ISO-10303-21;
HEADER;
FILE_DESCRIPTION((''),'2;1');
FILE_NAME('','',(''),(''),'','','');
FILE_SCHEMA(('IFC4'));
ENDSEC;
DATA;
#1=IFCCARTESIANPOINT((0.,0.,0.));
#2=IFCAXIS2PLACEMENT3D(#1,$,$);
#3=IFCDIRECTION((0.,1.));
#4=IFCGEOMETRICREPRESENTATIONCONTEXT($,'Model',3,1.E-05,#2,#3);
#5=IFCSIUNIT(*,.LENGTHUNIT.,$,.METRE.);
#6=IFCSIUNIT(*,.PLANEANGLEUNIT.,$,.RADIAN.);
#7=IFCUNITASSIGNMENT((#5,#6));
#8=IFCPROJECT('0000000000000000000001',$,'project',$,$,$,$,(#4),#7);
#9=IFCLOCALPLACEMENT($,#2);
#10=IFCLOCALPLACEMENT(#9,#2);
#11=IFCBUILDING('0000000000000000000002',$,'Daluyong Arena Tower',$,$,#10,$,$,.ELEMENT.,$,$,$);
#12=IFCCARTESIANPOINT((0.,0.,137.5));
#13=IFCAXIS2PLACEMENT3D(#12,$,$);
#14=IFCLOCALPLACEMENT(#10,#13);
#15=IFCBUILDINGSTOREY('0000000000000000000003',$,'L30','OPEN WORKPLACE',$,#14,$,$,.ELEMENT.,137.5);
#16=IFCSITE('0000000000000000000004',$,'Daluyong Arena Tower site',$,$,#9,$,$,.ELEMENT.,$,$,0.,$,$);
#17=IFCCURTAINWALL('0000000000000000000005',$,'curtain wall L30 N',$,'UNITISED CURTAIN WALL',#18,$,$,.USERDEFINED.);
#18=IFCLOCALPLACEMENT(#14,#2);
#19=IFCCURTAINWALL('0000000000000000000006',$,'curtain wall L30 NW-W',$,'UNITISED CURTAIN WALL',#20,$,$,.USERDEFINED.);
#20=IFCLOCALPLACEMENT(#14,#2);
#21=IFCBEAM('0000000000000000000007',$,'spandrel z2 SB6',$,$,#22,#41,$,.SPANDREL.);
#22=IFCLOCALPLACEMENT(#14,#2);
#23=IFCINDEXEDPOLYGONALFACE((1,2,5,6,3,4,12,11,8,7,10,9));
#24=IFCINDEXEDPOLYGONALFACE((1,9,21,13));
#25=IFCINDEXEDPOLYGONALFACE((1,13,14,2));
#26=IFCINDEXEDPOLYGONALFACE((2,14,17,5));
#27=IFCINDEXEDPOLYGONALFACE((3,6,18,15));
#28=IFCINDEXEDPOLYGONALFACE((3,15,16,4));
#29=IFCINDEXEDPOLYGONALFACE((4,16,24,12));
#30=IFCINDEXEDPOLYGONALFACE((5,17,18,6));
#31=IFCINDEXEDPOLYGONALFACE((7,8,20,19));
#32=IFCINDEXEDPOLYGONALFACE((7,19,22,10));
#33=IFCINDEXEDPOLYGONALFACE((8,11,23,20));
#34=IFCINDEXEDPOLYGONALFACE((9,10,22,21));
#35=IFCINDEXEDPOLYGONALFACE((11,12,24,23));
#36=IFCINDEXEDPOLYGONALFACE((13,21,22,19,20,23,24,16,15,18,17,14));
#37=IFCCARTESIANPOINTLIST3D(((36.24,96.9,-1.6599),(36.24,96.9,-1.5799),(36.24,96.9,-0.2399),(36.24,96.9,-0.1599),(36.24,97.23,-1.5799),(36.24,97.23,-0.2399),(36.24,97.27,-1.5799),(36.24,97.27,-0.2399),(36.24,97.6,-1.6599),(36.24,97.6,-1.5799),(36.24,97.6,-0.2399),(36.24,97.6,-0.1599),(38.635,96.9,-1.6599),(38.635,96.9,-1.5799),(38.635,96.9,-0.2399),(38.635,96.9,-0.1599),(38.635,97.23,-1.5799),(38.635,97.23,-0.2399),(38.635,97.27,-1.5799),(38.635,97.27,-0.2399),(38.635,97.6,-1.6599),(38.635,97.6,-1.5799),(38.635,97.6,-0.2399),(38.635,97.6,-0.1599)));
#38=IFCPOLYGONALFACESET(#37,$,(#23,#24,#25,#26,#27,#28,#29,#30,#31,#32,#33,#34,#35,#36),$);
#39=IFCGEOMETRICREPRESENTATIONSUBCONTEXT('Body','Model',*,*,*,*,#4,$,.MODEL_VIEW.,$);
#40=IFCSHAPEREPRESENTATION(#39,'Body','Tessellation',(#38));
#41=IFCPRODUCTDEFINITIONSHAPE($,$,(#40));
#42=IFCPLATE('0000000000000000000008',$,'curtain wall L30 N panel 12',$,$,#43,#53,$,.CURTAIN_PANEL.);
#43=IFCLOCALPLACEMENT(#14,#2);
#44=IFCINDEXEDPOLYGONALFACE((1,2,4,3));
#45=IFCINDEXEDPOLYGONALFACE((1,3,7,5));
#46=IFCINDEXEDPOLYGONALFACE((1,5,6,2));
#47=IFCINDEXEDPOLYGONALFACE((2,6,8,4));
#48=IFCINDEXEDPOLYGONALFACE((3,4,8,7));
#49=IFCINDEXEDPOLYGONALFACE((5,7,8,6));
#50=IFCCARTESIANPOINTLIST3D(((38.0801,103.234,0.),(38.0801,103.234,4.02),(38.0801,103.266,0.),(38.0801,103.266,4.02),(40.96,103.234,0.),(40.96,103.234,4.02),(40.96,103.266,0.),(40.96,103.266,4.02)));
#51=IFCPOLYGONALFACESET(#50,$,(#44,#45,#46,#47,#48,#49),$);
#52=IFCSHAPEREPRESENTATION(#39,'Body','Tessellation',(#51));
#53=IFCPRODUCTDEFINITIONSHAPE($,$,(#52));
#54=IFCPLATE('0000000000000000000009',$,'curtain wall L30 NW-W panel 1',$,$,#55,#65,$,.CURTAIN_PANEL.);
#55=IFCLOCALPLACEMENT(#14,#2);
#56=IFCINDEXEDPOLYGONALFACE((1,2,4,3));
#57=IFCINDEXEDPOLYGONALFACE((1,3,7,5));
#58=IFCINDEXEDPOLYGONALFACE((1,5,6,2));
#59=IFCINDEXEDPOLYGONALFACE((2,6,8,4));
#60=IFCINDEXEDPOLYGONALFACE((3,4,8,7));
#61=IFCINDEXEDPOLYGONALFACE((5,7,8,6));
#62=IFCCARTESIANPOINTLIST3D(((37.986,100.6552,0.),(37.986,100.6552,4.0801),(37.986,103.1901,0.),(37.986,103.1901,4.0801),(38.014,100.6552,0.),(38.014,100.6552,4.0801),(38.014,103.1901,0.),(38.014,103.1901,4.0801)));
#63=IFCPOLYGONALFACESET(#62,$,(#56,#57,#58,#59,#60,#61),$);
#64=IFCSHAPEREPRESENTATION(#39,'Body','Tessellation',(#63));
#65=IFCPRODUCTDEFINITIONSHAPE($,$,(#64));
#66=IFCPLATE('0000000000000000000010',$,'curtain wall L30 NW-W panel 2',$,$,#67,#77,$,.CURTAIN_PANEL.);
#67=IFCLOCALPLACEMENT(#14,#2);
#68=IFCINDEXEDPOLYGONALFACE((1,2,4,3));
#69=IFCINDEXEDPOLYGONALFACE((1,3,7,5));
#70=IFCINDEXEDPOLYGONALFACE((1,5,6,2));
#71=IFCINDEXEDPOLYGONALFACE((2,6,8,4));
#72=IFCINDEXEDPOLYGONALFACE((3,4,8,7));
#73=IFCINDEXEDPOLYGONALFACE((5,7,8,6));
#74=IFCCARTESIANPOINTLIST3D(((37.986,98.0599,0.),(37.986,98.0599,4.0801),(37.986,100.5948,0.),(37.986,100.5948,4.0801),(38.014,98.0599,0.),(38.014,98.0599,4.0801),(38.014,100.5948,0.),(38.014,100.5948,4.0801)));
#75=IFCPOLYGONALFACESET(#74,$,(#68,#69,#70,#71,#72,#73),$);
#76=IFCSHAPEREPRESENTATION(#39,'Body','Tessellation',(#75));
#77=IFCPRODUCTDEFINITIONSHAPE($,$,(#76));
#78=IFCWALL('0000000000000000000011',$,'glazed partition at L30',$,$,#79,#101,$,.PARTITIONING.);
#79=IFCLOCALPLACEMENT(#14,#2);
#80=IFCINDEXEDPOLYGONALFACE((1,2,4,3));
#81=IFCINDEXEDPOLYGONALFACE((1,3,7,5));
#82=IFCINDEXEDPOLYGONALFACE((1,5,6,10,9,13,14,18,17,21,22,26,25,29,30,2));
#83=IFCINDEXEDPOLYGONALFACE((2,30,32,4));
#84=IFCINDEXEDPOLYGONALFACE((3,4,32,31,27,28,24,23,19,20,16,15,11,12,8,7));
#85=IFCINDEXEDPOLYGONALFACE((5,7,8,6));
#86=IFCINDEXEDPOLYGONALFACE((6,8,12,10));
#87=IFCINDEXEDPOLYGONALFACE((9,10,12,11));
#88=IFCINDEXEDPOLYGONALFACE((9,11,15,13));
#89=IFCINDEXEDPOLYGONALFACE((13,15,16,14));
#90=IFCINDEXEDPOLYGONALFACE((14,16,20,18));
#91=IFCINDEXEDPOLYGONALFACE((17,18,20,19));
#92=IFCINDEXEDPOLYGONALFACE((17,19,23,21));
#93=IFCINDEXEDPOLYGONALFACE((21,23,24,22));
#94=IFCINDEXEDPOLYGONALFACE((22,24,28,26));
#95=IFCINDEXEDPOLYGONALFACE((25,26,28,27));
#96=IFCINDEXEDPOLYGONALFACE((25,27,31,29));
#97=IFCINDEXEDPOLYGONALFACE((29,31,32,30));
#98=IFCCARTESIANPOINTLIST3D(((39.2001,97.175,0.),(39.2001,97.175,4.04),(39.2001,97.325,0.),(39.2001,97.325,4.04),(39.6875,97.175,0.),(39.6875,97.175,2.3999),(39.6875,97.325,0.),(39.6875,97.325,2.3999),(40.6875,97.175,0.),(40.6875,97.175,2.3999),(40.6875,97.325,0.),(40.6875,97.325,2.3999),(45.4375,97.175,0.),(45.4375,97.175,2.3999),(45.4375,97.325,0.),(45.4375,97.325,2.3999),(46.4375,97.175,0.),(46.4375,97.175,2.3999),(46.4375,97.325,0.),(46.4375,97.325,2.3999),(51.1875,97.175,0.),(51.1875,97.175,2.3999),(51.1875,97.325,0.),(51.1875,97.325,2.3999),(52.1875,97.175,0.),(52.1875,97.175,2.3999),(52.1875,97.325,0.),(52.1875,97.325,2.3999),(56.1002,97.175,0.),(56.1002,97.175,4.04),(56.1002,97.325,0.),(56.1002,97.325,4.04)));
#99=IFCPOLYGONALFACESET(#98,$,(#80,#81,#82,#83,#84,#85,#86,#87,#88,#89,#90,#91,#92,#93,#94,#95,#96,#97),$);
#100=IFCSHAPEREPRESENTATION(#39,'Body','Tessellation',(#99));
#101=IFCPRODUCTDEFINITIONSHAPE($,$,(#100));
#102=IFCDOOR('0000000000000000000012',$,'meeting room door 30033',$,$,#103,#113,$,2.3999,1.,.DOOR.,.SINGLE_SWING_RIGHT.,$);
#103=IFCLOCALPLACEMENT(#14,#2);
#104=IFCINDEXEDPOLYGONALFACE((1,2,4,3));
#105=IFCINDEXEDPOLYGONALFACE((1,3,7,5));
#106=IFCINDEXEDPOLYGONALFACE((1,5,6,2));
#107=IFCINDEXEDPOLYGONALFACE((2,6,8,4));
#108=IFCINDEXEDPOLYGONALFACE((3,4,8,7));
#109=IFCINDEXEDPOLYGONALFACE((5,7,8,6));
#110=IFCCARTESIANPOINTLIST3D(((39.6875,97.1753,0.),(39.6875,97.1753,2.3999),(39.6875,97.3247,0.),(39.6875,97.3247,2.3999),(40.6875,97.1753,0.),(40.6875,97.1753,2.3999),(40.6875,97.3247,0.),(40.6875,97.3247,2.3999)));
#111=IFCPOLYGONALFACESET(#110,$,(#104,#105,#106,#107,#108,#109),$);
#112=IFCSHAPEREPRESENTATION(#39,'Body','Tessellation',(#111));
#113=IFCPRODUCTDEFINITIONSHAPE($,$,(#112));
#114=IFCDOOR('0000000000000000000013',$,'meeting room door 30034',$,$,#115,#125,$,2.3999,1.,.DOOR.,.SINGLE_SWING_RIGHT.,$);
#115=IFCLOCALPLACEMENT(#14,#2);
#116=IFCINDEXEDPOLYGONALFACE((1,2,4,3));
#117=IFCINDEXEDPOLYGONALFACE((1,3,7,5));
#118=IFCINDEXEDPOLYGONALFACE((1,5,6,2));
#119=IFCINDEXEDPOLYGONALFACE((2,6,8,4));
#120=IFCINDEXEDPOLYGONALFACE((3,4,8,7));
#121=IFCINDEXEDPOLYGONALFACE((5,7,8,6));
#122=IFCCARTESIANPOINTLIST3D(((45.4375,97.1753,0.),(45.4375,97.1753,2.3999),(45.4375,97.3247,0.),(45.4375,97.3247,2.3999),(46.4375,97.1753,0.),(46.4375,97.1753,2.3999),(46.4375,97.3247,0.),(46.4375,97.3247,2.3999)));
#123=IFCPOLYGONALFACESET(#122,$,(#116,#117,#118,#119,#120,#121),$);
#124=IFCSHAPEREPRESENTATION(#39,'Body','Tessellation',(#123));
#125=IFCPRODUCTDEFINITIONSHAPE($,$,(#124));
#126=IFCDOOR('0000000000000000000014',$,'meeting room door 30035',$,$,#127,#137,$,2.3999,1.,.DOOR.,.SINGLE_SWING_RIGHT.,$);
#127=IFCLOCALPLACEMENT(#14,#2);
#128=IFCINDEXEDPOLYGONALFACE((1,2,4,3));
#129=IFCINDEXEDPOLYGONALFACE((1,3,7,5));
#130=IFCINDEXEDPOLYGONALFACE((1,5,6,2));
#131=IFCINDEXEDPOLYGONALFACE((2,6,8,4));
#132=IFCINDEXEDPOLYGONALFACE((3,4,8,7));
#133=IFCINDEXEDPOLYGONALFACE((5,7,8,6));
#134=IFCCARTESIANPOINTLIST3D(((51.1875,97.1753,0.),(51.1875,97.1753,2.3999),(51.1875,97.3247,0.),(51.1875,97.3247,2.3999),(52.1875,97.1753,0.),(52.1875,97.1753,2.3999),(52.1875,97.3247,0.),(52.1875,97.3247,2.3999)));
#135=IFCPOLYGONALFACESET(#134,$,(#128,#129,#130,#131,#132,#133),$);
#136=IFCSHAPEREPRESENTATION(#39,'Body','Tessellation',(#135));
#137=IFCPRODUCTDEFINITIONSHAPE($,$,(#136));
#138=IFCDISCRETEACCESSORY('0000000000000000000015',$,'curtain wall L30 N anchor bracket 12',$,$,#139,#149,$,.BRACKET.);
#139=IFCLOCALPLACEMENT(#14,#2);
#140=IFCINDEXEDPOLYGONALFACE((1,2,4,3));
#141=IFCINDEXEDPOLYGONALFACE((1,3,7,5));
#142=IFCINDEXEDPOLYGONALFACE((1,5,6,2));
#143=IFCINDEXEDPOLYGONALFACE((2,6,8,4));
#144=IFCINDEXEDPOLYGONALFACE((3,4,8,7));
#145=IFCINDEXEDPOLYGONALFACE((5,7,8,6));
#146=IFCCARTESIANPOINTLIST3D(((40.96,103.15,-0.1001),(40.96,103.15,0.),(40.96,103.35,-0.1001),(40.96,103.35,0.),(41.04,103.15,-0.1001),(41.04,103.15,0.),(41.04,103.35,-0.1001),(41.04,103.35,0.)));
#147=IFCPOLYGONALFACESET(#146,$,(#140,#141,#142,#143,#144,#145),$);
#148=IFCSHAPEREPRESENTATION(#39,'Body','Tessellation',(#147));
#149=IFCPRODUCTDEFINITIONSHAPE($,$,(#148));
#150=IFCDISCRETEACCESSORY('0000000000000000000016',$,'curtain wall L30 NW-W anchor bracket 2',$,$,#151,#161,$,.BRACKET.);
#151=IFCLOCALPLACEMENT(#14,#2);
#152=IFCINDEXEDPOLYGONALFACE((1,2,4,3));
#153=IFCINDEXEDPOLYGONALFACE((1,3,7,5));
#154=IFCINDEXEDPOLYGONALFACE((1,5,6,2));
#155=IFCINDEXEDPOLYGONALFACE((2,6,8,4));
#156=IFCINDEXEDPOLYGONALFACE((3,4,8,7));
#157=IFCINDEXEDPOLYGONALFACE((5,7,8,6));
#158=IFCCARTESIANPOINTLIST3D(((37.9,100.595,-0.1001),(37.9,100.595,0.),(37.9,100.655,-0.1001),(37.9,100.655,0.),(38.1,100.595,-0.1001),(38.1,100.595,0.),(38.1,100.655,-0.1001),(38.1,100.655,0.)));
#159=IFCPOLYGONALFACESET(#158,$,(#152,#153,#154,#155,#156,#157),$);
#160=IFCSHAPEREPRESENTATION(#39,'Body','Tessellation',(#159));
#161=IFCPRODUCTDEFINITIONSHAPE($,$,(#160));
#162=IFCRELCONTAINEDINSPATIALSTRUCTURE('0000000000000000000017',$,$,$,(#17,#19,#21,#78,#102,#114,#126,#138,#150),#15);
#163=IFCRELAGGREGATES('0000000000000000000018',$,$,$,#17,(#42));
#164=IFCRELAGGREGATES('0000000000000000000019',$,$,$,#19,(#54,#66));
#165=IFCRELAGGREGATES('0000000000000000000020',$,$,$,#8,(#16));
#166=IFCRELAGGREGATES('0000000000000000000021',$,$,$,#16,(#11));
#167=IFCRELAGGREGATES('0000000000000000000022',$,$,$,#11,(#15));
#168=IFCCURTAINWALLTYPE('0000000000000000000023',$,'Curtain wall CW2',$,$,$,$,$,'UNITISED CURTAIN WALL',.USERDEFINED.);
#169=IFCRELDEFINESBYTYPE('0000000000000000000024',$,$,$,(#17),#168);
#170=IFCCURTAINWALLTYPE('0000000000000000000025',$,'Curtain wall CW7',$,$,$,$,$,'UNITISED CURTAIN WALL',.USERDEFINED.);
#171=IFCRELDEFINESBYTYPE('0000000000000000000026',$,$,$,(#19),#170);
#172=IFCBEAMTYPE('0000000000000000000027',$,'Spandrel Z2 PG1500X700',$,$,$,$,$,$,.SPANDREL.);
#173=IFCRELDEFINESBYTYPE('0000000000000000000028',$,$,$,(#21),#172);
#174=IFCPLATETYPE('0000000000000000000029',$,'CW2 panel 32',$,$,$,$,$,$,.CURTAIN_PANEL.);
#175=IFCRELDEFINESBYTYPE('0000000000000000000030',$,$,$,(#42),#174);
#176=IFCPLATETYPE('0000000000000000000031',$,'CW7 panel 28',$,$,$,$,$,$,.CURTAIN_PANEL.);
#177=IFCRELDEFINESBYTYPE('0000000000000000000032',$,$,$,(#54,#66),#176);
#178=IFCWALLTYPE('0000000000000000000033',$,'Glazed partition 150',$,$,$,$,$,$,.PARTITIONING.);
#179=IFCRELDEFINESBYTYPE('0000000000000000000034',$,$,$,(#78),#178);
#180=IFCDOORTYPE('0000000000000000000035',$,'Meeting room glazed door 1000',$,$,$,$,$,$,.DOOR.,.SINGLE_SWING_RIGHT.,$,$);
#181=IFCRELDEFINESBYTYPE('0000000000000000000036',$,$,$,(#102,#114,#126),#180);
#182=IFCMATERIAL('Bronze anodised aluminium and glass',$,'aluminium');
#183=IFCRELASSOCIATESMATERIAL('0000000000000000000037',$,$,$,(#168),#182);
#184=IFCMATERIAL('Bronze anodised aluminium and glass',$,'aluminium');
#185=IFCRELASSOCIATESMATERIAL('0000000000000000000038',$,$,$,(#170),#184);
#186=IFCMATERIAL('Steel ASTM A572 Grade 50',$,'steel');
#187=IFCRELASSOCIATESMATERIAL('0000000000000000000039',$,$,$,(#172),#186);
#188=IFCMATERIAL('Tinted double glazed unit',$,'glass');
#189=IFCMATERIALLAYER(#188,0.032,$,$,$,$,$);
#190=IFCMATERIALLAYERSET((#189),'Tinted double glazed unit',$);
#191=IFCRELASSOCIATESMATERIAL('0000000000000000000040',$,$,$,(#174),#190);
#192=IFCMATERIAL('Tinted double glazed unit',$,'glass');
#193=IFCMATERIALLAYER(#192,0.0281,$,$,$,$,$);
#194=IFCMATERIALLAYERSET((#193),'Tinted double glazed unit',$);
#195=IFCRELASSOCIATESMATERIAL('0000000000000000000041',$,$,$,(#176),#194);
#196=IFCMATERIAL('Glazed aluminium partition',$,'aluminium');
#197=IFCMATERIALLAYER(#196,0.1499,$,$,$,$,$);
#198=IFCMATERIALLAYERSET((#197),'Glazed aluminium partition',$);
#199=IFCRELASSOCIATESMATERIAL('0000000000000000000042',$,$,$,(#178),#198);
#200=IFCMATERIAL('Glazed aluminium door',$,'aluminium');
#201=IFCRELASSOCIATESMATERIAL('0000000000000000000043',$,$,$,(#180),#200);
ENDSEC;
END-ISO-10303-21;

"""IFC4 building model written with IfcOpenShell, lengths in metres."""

from ifc_helpers import new_model, si_unit, direction, frame, frame_2d, origin, origin_2d, place, context, subcontext, project, spatial, rectangle, i_section, extrude, material, layer, layer_set, material_profile, profile_set, type_object, element, fill, aggregate, save


model = new_model("IFC4")

# Units and contexts
model_context = context("Model", 3, precision=1e-05, world=origin(), true_north=direction((0.0, 1.0)))
body_context = subcontext(model_context, "Body", "Model", "MODEL_VIEW")
ifc_project = project(units=[si_unit("LENGTHUNIT", "METRE"), si_unit("PLANEANGLEUNIT", "RADIAN")], contexts=[model_context])

# Site, building, storey
site_placement = place(None, origin())
site = spatial("IfcSite", under=ifc_project, at=site_placement, Name="Daluyong Arena Tower site", CompositionType="ELEMENT", RefElevation=0.0)
building_placement = place(site_placement, origin())
building = spatial("IfcBuilding", under=site, at=building_placement, Name="Daluyong Arena Tower", CompositionType="ELEMENT")
storey_placement = place(building_placement, frame((0.0, 0.0, 137.5)))
storey = spatial("IfcBuildingStorey", under=building, at=storey_placement, Name="L30", Description="OPEN WORKPLACE", CompositionType="ELEMENT", Elevation=137.5)

# Curtain walls
ifc_material_1 = material(Name="Bronze anodised aluminium and glass", Category="aluminium")
curtain_wall_type_1 = type_object("IfcCurtainWallType", Name="Curtain wall CW2", ElementType="UNITISED CURTAIN WALL", PredefinedType="USERDEFINED", material=ifc_material_1)
curtain_wall_1_placement = place(storey_placement, origin())
curtain_wall_1 = element("IfcCurtainWall", 1, at=curtain_wall_1_placement, inside=storey, type_object=curtain_wall_type_1, Name="curtain wall L30 N", ObjectType="UNITISED CURTAIN WALL", PredefinedType="USERDEFINED")
ifc_material_2 = material(Name="Bronze anodised aluminium and glass", Category="aluminium")
curtain_wall_type_2 = type_object("IfcCurtainWallType", Name="Curtain wall CW7", ElementType="UNITISED CURTAIN WALL", PredefinedType="USERDEFINED", material=ifc_material_2)
curtain_wall_2_placement = place(storey_placement, origin())
curtain_wall_2 = element("IfcCurtainWall", 2, at=curtain_wall_2_placement, inside=storey, type_object=curtain_wall_type_2, Name="curtain wall L30 NW-W", ObjectType="UNITISED CURTAIN WALL", PredefinedType="USERDEFINED")

# Beam
ifc_material_3 = material(Name="Steel ASTM A572 Grade 50", Category="steel")
ifc_material_profile_1 = material_profile(ifc_material_3, i_section(OverallWidth=0.7, OverallDepth=1.5, WebThickness=0.04, FlangeThickness=0.08, at=origin_2d()))
ifc_profile_set_1 = profile_set([ifc_material_profile_1], Name="Steel ASTM A572 Grade 50")
beam_type_1 = type_object("IfcBeamType", Name="Spandrel Z2 PG1500X700", PredefinedType="SPANDREL", material=ifc_profile_set_1)
for number, where, z_axis, x_axis, name in (
    (3, (38.635, 97.25, -0.9099), (-1.0, 0.0, 0.0), (0.0, -1.0, 0.0), "spandrel z2 SB6"),
):
    element("IfcBeam", number, at=place(storey_placement, frame(where, z_axis=z_axis, x_axis=x_axis)), inside=storey, type_object=beam_type_1, Name=name, PredefinedType="SPANDREL", context=body_context, shape_type="SweptSolid", body=[
        extrude(i_section(OverallWidth=0.7, OverallDepth=1.5, WebThickness=0.04, FlangeThickness=0.08, at=origin_2d()), origin(), (0.0, 0.0, 1.0), 2.395),
    ])

# Plates
ifc_material_4 = material(Name="Tinted double glazed unit", Category="glass")
ifc_layer_1 = layer(ifc_material_4, 0.032)
ifc_layer_set_1 = layer_set([ifc_layer_1], Name="Tinted double glazed unit")
plate_type_1 = type_object("IfcPlateType", Name="CW2 panel 32", PredefinedType="CURTAIN_PANEL", material=ifc_layer_set_1)
plate_1_placement = place(storey_placement, frame((39.52, 103.25, 0.0), z_axis=(0.0, 0.0, 1.0), x_axis=(-1.0, 0.0, 0.0)))
plate_1 = element("IfcPlate", 4, at=plate_1_placement, type_object=plate_type_1, Name="curtain wall L30 N panel 12", PredefinedType="CURTAIN_PANEL", context=body_context, shape_type="SweptSolid", body=[
    extrude(rectangle(XDim=2.8799, YDim=0.032, at=origin_2d()), origin(), (0.0, 0.0, 1.0), 4.02),
])
aggregate(curtain_wall_1, [plate_1])
ifc_material_5 = material(Name="Tinted double glazed unit", Category="glass")
ifc_layer_2 = layer(ifc_material_5, 0.0281)
ifc_layer_set_2 = layer_set([ifc_layer_2], Name="Tinted double glazed unit")
plate_type_2 = type_object("IfcPlateType", Name="CW7 panel 28", PredefinedType="CURTAIN_PANEL", material=ifc_layer_set_2)
plate_2_placement = place(storey_placement, frame((38.0, 101.9226, 0.0), z_axis=(0.0, 0.0, 1.0), x_axis=(0.0, -1.0, 0.0)))
plate_2 = element("IfcPlate", 5, at=plate_2_placement, type_object=plate_type_2, Name="curtain wall L30 NW-W panel 1", PredefinedType="CURTAIN_PANEL", context=body_context, shape_type="SweptSolid", body=[
    extrude(rectangle(XDim=2.5349, YDim=0.0281, at=origin_2d()), origin(), (0.0, 0.0, 1.0), 4.0801),
])
plate_3_placement = place(storey_placement, frame((38.0, 99.3274, 0.0), z_axis=(0.0, 0.0, 1.0), x_axis=(0.0, -1.0, 0.0)))
plate_3 = element("IfcPlate", 6, at=plate_3_placement, type_object=plate_type_2, Name="curtain wall L30 NW-W panel 2", PredefinedType="CURTAIN_PANEL", context=body_context, shape_type="SweptSolid", body=[
    extrude(rectangle(XDim=2.5349, YDim=0.0281, at=origin_2d()), origin(), (0.0, 0.0, 1.0), 4.0801),
])
aggregate(curtain_wall_2, [plate_2, plate_3])

# Wall, openings, doors
ifc_material_6 = material(Name="Glazed aluminium partition", Category="aluminium")
ifc_layer_3 = layer(ifc_material_6, 0.1499)
ifc_layer_set_3 = layer_set([ifc_layer_3], Name="Glazed aluminium partition")
wall_type = type_object("IfcWallType", Name="Glazed partition 150", PredefinedType="PARTITIONING", material=ifc_layer_set_3)
wall_placement = place(storey_placement, frame((39.2, 97.25, 0.0), z_axis=(0.0, 0.0, 1.0), x_axis=(1.0, 0.0, 0.0)))
wall = element("IfcWall", 7, at=wall_placement, inside=storey, type_object=wall_type, Name="glazed partition at L30", PredefinedType="PARTITIONING", context=body_context, shape_type="SweptSolid", body=[
    extrude(rectangle(XDim=16.9001, YDim=0.1499, at=frame_2d((8.4502, 0.0))), origin(), (0.0, 0.0, 1.0), 4.04),
])
opening_1_placement = place(wall_placement, frame((0.4875, 0.0, 0.0)))
opening_1 = element("IfcOpeningElement", 8, at=opening_1_placement, cuts=wall, PredefinedType="OPENING", context=body_context, shape_type="SweptSolid", body=[
    extrude(rectangle(XDim=1.0, YDim=2.3999, at=frame_2d((0.5, 1.2))), frame((0.0, 0.085, 0.0), z_axis=(0.0, -1.0, 0.0), x_axis=(1.0, 0.0, 0.0)), (0.0, 0.0, 1.0), 0.1699),
])
opening_2_placement = place(wall_placement, frame((6.2375, 0.0, 0.0)))
opening_2 = element("IfcOpeningElement", 9, at=opening_2_placement, cuts=wall, PredefinedType="OPENING", context=body_context, shape_type="SweptSolid", body=[
    extrude(rectangle(XDim=1.0, YDim=2.3999, at=frame_2d((0.5, 1.2))), frame((0.0, 0.085, 0.0), z_axis=(0.0, -1.0, 0.0), x_axis=(1.0, 0.0, 0.0)), (0.0, 0.0, 1.0), 0.1699),
])
opening_3_placement = place(wall_placement, frame((11.9875, 0.0, 0.0)))
opening_3 = element("IfcOpeningElement", 10, at=opening_3_placement, cuts=wall, PredefinedType="OPENING", context=body_context, shape_type="SweptSolid", body=[
    extrude(rectangle(XDim=1.0, YDim=2.3999, at=frame_2d((0.5, 1.2))), frame((0.0, 0.085, 0.0), z_axis=(0.0, -1.0, 0.0), x_axis=(1.0, 0.0, 0.0)), (0.0, 0.0, 1.0), 0.1699),
])
ifc_material_7 = material(Name="Glazed aluminium door", Category="aluminium")
door_type = type_object("IfcDoorType", Name="Meeting room glazed door 1000", OperationType="SINGLE_SWING_RIGHT", PredefinedType="DOOR", material=ifc_material_7)
door_1_placement = place(opening_1_placement, origin())
door_1 = element("IfcDoor", 11, at=door_1_placement, inside=storey, type_object=door_type, Name="meeting room door 30033", OperationType="SINGLE_SWING_RIGHT", OverallHeight=2.3999, OverallWidth=1.0, PredefinedType="DOOR", context=body_context, shape_type="SweptSolid", body=[
    extrude(rectangle(XDim=1.0, YDim=2.3999, at=frame_2d((0.5, 1.2))), frame((0.0, 0.0747, 0.0), z_axis=(0.0, -1.0, 0.0), x_axis=(1.0, 0.0, 0.0)), (0.0, 0.0, 1.0), 0.1494),
])
fill(opening_1, door_1)
door_2_placement = place(opening_2_placement, origin())
door_2 = element("IfcDoor", 12, at=door_2_placement, inside=storey, type_object=door_type, Name="meeting room door 30034", OperationType="SINGLE_SWING_RIGHT", OverallHeight=2.3999, OverallWidth=1.0, PredefinedType="DOOR", context=body_context, shape_type="SweptSolid", body=[
    extrude(rectangle(XDim=1.0, YDim=2.3999, at=frame_2d((0.5, 1.2))), frame((0.0, 0.0747, 0.0), z_axis=(0.0, -1.0, 0.0), x_axis=(1.0, 0.0, 0.0)), (0.0, 0.0, 1.0), 0.1494),
])
fill(opening_2, door_2)
door_3_placement = place(opening_3_placement, origin())
door_3 = element("IfcDoor", 13, at=door_3_placement, inside=storey, type_object=door_type, Name="meeting room door 30035", OperationType="SINGLE_SWING_RIGHT", OverallHeight=2.3999, OverallWidth=1.0, PredefinedType="DOOR", context=body_context, shape_type="SweptSolid", body=[
    extrude(rectangle(XDim=1.0, YDim=2.3999, at=frame_2d((0.5, 1.2))), frame((0.0, 0.0747, 0.0), z_axis=(0.0, -1.0, 0.0), x_axis=(1.0, 0.0, 0.0)), (0.0, 0.0, 1.0), 0.1494),
])
fill(opening_3, door_3)

# Discrete accessories
discrete_accessory_1_placement = place(storey_placement, frame((41.0, 103.25, -0.1001), z_axis=(0.0, 0.0, 1.0), x_axis=(-1.0, 0.0, 0.0)))
element("IfcDiscreteAccessory", 14, at=discrete_accessory_1_placement, inside=storey, Name="curtain wall L30 N anchor bracket 12", PredefinedType="BRACKET", context=body_context, shape_type="SweptSolid", body=[
    extrude(rectangle(XDim=0.0801, YDim=0.2, at=origin_2d()), origin(), (0.0, 0.0, 1.0), 0.1001),
])
discrete_accessory_2_placement = place(storey_placement, frame((38.0, 100.625, -0.1001), z_axis=(0.0, 0.0, 1.0), x_axis=(0.0, -1.0, 0.0)))
element("IfcDiscreteAccessory", 15, at=discrete_accessory_2_placement, inside=storey, Name="curtain wall L30 NW-W anchor bracket 2", PredefinedType="BRACKET", context=body_context, shape_type="SweptSolid", body=[
    extrude(rectangle(XDim=0.0601, YDim=0.2, at=origin_2d()), origin(), (0.0, 0.0, 1.0), 0.1001),
])

save(model, "model.ifc")
